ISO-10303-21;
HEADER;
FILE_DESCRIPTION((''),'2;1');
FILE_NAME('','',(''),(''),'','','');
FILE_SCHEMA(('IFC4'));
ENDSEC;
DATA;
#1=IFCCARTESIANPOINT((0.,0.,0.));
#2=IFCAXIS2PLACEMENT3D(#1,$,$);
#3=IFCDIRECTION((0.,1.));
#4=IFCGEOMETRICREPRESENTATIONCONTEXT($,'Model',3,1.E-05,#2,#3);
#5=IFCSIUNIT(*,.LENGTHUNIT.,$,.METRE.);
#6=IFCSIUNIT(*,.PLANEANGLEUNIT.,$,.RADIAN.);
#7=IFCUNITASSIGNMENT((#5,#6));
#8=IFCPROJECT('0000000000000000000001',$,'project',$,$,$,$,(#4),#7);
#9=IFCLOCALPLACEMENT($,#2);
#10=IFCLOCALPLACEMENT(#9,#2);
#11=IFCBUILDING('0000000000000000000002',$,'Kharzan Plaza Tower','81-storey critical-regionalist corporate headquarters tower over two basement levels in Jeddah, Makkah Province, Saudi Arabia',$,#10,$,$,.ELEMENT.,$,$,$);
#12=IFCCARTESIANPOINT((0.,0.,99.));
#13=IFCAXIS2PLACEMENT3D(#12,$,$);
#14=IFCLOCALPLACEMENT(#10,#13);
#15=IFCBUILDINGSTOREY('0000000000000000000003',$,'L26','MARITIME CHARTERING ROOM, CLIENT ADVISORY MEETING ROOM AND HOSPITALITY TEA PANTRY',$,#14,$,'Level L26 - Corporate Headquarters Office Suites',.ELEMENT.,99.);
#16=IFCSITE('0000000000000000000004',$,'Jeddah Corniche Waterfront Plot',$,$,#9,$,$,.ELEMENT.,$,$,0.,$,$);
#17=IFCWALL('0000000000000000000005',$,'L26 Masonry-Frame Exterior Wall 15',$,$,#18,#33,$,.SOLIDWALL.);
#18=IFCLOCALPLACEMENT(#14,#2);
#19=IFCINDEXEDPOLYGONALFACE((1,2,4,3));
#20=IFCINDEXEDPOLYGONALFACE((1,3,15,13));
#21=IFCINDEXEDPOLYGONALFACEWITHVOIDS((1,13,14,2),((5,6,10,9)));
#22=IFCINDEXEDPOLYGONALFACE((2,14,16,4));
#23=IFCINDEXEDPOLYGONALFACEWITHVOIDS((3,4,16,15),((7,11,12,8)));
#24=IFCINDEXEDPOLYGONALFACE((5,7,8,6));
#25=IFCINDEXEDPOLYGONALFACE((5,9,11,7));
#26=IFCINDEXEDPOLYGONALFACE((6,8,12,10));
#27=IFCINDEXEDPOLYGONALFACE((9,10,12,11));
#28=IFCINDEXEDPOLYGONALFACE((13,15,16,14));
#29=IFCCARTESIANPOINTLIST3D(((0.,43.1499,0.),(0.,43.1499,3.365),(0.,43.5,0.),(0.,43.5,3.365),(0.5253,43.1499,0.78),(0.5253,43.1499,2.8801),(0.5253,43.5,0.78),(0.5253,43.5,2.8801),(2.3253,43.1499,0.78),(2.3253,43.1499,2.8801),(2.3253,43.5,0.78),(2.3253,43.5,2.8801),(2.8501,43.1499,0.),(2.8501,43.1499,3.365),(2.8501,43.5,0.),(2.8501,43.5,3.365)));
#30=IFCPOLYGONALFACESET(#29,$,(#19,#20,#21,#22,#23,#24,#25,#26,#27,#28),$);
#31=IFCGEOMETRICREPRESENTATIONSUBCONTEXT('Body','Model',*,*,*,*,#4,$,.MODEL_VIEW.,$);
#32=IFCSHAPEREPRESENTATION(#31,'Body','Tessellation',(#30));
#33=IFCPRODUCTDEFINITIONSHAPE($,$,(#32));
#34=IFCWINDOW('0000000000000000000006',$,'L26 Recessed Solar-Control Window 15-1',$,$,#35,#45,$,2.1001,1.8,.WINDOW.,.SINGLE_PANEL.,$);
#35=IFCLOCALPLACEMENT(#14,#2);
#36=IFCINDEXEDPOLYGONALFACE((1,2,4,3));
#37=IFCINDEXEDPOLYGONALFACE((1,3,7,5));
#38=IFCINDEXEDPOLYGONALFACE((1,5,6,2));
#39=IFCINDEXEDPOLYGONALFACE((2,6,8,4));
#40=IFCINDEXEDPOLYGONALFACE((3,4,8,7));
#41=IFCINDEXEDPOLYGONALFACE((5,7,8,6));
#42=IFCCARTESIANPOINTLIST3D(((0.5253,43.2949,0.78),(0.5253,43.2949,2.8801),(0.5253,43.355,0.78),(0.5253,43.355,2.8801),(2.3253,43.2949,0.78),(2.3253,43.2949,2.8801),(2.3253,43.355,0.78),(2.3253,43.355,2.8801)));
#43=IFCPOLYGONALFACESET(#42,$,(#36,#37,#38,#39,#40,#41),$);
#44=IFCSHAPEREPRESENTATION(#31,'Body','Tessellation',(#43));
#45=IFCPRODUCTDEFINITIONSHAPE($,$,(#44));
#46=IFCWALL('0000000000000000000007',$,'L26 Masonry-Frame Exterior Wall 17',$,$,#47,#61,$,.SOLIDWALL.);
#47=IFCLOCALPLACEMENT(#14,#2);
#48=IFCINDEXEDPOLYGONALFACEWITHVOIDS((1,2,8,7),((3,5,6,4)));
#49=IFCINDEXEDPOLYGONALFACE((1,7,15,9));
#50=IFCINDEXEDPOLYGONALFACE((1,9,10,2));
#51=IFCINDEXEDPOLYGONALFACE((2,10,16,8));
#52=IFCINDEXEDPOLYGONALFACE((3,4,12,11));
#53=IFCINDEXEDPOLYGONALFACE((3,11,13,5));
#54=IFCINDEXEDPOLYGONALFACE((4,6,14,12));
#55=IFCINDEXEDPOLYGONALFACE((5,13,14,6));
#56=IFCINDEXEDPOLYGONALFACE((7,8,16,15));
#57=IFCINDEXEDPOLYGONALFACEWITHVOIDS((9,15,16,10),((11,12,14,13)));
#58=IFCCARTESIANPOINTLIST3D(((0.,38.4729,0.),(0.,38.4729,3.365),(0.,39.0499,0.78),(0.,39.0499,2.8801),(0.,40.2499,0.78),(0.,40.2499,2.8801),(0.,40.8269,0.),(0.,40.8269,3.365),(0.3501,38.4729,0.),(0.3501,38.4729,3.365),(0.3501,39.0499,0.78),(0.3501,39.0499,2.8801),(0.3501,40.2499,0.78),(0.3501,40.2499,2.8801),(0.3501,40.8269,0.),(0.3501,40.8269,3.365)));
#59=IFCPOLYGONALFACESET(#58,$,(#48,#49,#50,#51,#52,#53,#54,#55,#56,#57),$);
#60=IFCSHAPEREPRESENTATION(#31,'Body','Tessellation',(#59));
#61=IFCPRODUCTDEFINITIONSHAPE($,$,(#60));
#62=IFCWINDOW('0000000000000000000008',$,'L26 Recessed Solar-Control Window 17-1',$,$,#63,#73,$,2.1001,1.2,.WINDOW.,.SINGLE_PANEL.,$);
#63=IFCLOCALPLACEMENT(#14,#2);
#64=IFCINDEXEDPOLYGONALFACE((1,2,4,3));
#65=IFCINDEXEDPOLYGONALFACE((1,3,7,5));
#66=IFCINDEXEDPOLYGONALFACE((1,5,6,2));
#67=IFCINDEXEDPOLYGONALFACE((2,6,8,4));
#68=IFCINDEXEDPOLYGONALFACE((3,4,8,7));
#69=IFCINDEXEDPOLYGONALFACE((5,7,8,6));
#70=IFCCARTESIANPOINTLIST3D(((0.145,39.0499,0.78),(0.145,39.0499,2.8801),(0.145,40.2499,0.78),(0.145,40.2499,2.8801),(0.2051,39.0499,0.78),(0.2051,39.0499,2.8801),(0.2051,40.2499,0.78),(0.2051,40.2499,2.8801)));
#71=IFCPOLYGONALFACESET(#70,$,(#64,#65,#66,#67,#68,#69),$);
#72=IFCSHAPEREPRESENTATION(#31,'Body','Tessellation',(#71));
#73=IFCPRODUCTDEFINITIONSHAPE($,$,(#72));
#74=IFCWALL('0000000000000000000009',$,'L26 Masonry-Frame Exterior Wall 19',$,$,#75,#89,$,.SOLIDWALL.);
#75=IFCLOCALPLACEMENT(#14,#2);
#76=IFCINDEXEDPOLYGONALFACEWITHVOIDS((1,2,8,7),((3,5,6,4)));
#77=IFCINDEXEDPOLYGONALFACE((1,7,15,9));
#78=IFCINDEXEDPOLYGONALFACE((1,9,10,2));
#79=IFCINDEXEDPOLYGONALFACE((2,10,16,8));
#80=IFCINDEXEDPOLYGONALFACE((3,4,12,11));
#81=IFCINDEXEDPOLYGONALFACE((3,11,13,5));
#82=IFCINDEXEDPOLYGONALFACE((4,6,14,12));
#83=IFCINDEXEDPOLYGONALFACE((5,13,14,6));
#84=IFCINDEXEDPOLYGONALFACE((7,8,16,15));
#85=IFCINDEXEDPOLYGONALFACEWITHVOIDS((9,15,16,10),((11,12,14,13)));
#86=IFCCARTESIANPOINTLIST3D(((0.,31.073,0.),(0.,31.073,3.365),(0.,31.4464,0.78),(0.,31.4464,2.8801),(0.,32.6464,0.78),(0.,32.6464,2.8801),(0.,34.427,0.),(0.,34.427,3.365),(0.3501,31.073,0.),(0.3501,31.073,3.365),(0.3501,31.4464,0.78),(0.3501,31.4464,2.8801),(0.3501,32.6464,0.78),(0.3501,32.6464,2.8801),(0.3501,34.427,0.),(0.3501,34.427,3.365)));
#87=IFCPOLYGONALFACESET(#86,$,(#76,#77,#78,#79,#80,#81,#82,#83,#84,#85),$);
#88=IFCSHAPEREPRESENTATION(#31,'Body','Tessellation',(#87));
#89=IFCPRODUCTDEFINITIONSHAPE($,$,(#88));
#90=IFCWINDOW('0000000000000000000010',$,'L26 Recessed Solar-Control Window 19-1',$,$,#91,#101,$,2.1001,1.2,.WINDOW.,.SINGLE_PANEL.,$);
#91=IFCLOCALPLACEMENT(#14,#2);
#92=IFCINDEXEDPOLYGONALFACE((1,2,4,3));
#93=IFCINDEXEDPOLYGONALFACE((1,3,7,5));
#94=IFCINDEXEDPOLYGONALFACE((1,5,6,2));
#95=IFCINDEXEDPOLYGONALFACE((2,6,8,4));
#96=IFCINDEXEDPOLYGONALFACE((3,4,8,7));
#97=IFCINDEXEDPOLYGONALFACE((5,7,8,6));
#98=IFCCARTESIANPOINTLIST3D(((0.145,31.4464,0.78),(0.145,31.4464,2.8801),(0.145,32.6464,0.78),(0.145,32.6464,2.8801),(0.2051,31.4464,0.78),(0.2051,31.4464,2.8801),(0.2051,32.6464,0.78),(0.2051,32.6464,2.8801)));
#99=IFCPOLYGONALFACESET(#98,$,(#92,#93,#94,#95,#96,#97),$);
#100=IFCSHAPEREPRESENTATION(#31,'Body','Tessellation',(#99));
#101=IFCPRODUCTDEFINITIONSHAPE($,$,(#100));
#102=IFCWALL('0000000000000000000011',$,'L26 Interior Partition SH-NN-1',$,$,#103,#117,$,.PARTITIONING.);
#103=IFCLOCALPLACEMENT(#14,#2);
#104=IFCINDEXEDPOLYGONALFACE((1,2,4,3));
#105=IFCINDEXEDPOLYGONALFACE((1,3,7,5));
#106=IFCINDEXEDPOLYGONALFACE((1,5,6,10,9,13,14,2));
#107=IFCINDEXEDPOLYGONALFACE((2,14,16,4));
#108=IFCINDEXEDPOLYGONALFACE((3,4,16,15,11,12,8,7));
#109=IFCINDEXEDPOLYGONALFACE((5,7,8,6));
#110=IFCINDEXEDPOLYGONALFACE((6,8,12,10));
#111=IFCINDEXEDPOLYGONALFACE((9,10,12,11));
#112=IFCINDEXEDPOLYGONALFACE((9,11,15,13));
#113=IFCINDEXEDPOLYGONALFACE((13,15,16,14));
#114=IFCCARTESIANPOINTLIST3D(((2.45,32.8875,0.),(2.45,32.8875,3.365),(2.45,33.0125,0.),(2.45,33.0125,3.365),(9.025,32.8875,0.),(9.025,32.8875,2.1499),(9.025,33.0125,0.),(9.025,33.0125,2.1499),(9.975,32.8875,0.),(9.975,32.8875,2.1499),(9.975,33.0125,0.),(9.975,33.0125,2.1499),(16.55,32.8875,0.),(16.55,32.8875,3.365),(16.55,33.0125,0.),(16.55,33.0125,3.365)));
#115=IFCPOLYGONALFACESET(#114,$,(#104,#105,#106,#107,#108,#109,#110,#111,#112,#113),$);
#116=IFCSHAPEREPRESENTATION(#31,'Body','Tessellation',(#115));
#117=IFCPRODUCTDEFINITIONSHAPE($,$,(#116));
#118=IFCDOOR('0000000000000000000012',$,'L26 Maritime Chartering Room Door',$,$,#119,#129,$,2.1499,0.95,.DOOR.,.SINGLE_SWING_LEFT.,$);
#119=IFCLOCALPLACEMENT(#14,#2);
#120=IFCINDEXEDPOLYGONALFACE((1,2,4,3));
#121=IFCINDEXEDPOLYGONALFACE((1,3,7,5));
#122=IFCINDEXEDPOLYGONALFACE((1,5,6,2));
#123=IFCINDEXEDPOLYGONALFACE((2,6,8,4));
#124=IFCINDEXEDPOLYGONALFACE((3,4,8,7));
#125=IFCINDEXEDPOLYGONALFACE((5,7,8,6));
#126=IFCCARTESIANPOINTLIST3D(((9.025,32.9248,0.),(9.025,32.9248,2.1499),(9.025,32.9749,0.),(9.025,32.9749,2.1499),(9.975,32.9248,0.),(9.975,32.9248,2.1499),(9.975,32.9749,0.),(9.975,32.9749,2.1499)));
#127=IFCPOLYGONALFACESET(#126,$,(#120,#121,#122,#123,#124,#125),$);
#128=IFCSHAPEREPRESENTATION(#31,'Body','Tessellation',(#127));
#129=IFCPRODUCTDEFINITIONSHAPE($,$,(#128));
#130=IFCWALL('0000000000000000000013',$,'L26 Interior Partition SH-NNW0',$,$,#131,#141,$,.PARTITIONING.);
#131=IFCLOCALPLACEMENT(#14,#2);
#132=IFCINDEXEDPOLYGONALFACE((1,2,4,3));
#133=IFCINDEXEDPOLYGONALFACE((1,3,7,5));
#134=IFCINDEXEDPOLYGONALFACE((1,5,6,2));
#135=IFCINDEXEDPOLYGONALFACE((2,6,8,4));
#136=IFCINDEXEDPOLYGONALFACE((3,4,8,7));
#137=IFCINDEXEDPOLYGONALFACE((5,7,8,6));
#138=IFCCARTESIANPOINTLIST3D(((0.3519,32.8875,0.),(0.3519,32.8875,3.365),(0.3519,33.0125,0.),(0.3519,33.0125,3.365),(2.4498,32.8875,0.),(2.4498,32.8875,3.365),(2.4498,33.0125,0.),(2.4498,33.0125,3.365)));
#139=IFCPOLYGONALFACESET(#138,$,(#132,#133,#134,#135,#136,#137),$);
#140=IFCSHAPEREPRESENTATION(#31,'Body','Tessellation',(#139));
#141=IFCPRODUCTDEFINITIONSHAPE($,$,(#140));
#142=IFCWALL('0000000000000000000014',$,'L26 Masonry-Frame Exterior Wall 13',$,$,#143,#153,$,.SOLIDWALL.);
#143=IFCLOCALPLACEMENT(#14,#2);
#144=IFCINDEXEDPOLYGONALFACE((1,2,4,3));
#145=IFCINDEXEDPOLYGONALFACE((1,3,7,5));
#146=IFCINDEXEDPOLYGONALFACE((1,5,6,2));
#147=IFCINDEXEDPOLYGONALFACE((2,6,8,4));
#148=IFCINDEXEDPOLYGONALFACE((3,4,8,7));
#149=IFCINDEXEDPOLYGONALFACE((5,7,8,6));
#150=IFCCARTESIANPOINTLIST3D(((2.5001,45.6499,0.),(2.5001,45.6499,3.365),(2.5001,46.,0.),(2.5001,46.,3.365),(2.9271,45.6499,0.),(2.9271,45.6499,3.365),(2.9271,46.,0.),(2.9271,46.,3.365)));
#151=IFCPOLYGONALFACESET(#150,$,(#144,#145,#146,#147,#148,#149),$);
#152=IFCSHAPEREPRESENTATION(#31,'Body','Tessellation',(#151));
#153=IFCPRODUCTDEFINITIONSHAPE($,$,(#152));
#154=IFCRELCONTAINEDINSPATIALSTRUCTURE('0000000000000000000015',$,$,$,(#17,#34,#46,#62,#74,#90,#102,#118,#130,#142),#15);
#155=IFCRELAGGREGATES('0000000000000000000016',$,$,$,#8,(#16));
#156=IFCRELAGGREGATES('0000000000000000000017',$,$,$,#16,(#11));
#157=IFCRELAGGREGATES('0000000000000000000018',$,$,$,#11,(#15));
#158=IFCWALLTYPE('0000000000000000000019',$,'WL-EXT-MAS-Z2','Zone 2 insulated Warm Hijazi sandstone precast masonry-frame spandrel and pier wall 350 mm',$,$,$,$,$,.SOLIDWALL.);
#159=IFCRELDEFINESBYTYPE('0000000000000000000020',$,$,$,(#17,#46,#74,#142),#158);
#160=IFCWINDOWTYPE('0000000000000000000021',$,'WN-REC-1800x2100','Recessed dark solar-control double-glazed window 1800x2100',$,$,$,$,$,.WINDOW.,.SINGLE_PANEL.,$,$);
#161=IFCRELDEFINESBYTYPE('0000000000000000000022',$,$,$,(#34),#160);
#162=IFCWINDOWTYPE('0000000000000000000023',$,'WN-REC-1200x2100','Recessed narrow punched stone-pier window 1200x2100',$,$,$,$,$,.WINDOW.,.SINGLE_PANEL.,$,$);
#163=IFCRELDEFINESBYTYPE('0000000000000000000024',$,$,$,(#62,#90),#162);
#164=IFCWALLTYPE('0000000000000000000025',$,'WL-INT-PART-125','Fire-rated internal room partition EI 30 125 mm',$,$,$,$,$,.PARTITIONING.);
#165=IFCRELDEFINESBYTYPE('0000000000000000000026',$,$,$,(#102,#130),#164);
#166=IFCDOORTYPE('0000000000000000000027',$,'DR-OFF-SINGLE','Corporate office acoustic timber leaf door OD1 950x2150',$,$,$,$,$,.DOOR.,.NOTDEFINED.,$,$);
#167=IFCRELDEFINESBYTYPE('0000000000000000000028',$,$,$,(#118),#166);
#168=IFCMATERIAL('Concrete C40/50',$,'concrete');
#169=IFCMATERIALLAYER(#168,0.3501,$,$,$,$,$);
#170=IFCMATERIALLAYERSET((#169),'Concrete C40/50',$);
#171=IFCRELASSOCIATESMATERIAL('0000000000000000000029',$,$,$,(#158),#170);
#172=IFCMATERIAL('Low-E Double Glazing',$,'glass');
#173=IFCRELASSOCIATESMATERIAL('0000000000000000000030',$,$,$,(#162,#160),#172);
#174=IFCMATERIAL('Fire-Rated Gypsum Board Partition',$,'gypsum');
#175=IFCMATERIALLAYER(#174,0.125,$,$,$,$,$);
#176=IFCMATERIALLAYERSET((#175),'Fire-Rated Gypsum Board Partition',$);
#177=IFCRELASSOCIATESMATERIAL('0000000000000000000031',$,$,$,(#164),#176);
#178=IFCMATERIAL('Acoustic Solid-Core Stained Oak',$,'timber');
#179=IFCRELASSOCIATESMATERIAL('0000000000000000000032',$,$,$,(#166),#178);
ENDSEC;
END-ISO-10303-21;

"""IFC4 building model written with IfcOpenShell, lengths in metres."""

from ifc_helpers import new_model, si_unit, direction, frame, frame_2d, origin, place, context, subcontext, project, spatial, rectangle, extrude, source, transform, mapped, material, layer, layer_set, type_object, element, fill, save


model = new_model("IFC4")

# Units and contexts
model_context = context("Model", 3, precision=1e-05, world=origin(), true_north=direction((0.0, 1.0)))
body_context = subcontext(model_context, "Body", "Model", "MODEL_VIEW")
ifc_project = project(units=[si_unit("LENGTHUNIT", "METRE"), si_unit("PLANEANGLEUNIT", "RADIAN")], contexts=[model_context])

# Site, building, storey
site_placement = place(None, origin())
site = spatial("IfcSite", under=ifc_project, at=site_placement, Name="Jeddah Corniche Waterfront Plot", CompositionType="ELEMENT", RefElevation=0.0)
building_placement = place(site_placement, origin())
building = spatial("IfcBuilding", under=site, at=building_placement, Name="Kharzan Plaza Tower", Description="81-storey critical-regionalist corporate headquarters tower over two basement levels in Jeddah, Makkah Province, Saudi Arabia", CompositionType="ELEMENT")
storey_placement = place(building_placement, frame((0.0, 0.0, 99.0)))
storey = spatial("IfcBuildingStorey", under=building, at=storey_placement, Name="L26", Description="MARITIME CHARTERING ROOM, CLIENT ADVISORY MEETING ROOM AND HOSPITALITY TEA PANTRY", LongName="Level L26 - Corporate Headquarters Office Suites", CompositionType="ELEMENT", Elevation=99.0)

# Walls, openings, windows
ifc_material_1 = material(Name="Concrete C40/50", Category="concrete")
ifc_layer_1 = layer(ifc_material_1, 0.3501)
ifc_layer_set_1 = layer_set([ifc_layer_1], Name="Concrete C40/50")
wall_type_1 = type_object("IfcWallType", Name="WL-EXT-MAS-Z2", Description="Zone 2 insulated Warm Hijazi sandstone precast masonry-frame spandrel and pier wall 350 mm", PredefinedType="SOLIDWALL", material=ifc_layer_set_1)
ifc_material_2 = material(Name="Low-E Double Glazing", Category="glass")
window_type_1 = type_object("IfcWindowType", Name="WN-REC-1200x2100", Description="Recessed narrow punched stone-pier window 1200x2100", PartitioningType="SINGLE_PANEL", PredefinedType="WINDOW", material=ifc_material_2)
shared_shape_1 = source(origin(), body_context, "Body", "SweptSolid", [
    extrude(rectangle(XDim=1.2, YDim=2.1001, at=frame_2d((0.6001, 1.05))), frame((0.0, 0.03, 0.0), z_axis=(0.0, -1.0, 0.0), x_axis=(1.0, 0.0, 0.0)), (0.0, 0.0, 1.0), 0.0601),
])
wall_1_placement = place(storey_placement, frame((2.8501, 43.325, 0.0), z_axis=(0.0, 0.0, 1.0), x_axis=(-1.0, 0.0, 0.0)))
wall_1 = element("IfcWall", 1, at=wall_1_placement, inside=storey, type_object=wall_type_1, Name="L26 Masonry-Frame Exterior Wall 15", PredefinedType="SOLIDWALL", context=body_context, shape_type="SweptSolid", body=[
    extrude(rectangle(XDim=2.8501, YDim=0.3501, at=frame_2d((1.425, 0.0))), origin(), (0.0, 0.0, 1.0), 3.365),
])
opening_1_placement = place(wall_1_placement, frame((0.5249, 0.0, 0.78)))
opening_1 = element("IfcOpeningElement", 2, at=opening_1_placement, cuts=wall_1, PredefinedType="OPENING", context=body_context, shape_type="SweptSolid", body=[
    extrude(rectangle(XDim=1.8, YDim=2.1001, at=frame_2d((0.8999, 1.05))), frame((0.0, 0.1851, 0.0), z_axis=(0.0, -1.0, 0.0), x_axis=(1.0, 0.0, 0.0)), (0.0, 0.0, 1.0), 0.3701),
])
window_type_2 = type_object("IfcWindowType", Name="WN-REC-1800x2100", Description="Recessed dark solar-control double-glazed window 1800x2100", PartitioningType="SINGLE_PANEL", PredefinedType="WINDOW", material=ifc_material_2)
shared_shape_2 = source(origin(), body_context, "Body", "SweptSolid", [
    extrude(rectangle(XDim=1.8, YDim=2.1001, at=frame_2d((0.8999, 1.05))), frame((0.0, 0.03, 0.0), z_axis=(0.0, -1.0, 0.0), x_axis=(1.0, 0.0, 0.0)), (0.0, 0.0, 1.0), 0.0601),
])
window_1_placement = place(opening_1_placement, origin())
window_1 = element("IfcWindow", 3, at=window_1_placement, inside=storey, type_object=window_type_2, Name="L26 Recessed Solar-Control Window 15-1", OverallHeight=2.1001, OverallWidth=1.8, PartitioningType="SINGLE_PANEL", PredefinedType="WINDOW", context=body_context, shape_type="MappedRepresentation", body=[
    mapped(shared_shape_2, transform((0.0, 0.0, 0.0), x_axis=(1.0, 0.0, 0.0), y_axis=(0.0, 1.0, 0.0), z_axis=(0.0, 0.0, 1.0))),
])
fill(opening_1, window_1)
wall_2_placement = place(storey_placement, frame((0.175, 40.8269, 0.0), z_axis=(0.0, 0.0, 1.0), x_axis=(0.0, -1.0, 0.0)))
wall_2 = element("IfcWall", 4, at=wall_2_placement, inside=storey, type_object=wall_type_1, Name="L26 Masonry-Frame Exterior Wall 17", PredefinedType="SOLIDWALL", context=body_context, shape_type="SweptSolid", body=[
    extrude(rectangle(XDim=2.354, YDim=0.3501, at=frame_2d((1.177, 0.0))), origin(), (0.0, 0.0, 1.0), 3.365),
])
opening_2_placement = place(wall_2_placement, frame((0.5769, 0.0, 0.78)))
opening_2 = element("IfcOpeningElement", 5, at=opening_2_placement, cuts=wall_2, PredefinedType="OPENING", context=body_context, shape_type="SweptSolid", body=[
    extrude(rectangle(XDim=1.2, YDim=2.1001, at=frame_2d((0.6001, 1.05))), frame((0.0, 0.1851, 0.0), z_axis=(0.0, -1.0, 0.0), x_axis=(1.0, 0.0, 0.0)), (0.0, 0.0, 1.0), 0.3701),
])
window_2_placement = place(opening_2_placement, origin())
window_2 = element("IfcWindow", 6, at=window_2_placement, inside=storey, type_object=window_type_1, Name="L26 Recessed Solar-Control Window 17-1", OverallHeight=2.1001, OverallWidth=1.2, PartitioningType="SINGLE_PANEL", PredefinedType="WINDOW", context=body_context, shape_type="MappedRepresentation", body=[
    mapped(shared_shape_1, transform((0.0, 0.0, 0.0), x_axis=(1.0, 0.0, 0.0), y_axis=(0.0, 1.0, 0.0), z_axis=(0.0, 0.0, 1.0))),
])
fill(opening_2, window_2)
wall_3_placement = place(storey_placement, frame((0.175, 34.427, 0.0), z_axis=(0.0, 0.0, 1.0), x_axis=(0.0, -1.0, 0.0)))
wall_3 = element("IfcWall", 7, at=wall_3_placement, inside=storey, type_object=wall_type_1, Name="L26 Masonry-Frame Exterior Wall 19", PredefinedType="SOLIDWALL", context=body_context, shape_type="SweptSolid", body=[
    extrude(rectangle(XDim=3.354, YDim=0.3501, at=frame_2d((1.677, 0.0))), origin(), (0.0, 0.0, 1.0), 3.365),
])
opening_3_placement = place(wall_3_placement, frame((1.7805, 0.0, 0.78)))
opening_3 = element("IfcOpeningElement", 8, at=opening_3_placement, cuts=wall_3, PredefinedType="OPENING", context=body_context, shape_type="SweptSolid", body=[
    extrude(rectangle(XDim=1.2, YDim=2.1001, at=frame_2d((0.6001, 1.05))), frame((0.0, 0.1851, 0.0), z_axis=(0.0, -1.0, 0.0), x_axis=(1.0, 0.0, 0.0)), (0.0, 0.0, 1.0), 0.3701),
])
window_3_placement = place(opening_3_placement, origin())
window_3 = element("IfcWindow", 9, at=window_3_placement, inside=storey, type_object=window_type_1, Name="L26 Recessed Solar-Control Window 19-1", OverallHeight=2.1001, OverallWidth=1.2, PartitioningType="SINGLE_PANEL", PredefinedType="WINDOW", context=body_context, shape_type="MappedRepresentation", body=[
    mapped(shared_shape_1, transform((0.0, 0.0, 0.0), x_axis=(1.0, 0.0, 0.0), y_axis=(0.0, 1.0, 0.0), z_axis=(0.0, 0.0, 1.0))),
])
fill(opening_3, window_3)

# Wall, opening, door
ifc_material_3 = material(Name="Fire-Rated Gypsum Board Partition", Category="gypsum")
ifc_layer_2 = layer(ifc_material_3, 0.125)
ifc_layer_set_2 = layer_set([ifc_layer_2], Name="Fire-Rated Gypsum Board Partition")
wall_type_2 = type_object("IfcWallType", Name="WL-INT-PART-125", Description="Fire-rated internal room partition EI 30 125 mm", PredefinedType="PARTITIONING", material=ifc_layer_set_2)
wall_4_placement = place(storey_placement, frame((2.45, 32.95, 0.0), z_axis=(0.0, 0.0, 1.0), x_axis=(1.0, 0.0, 0.0)))
wall_4 = element("IfcWall", 10, at=wall_4_placement, inside=storey, type_object=wall_type_2, Name="L26 Interior Partition SH-NN-1", PredefinedType="PARTITIONING", context=body_context, shape_type="SweptSolid", body=[
    extrude(rectangle(XDim=14.1001, YDim=0.125, at=frame_2d((7.05, 0.0))), origin(), (0.0, 0.0, 1.0), 3.365),
])
opening_4_placement = place(wall_4_placement, frame((6.575, 0.0, 0.0)))
opening_4 = element("IfcOpeningElement", 11, at=opening_4_placement, cuts=wall_4, PredefinedType="OPENING", context=body_context, shape_type="SweptSolid", body=[
    extrude(rectangle(XDim=0.95, YDim=2.1499, at=frame_2d((0.4751, 1.075))), frame((0.0, 0.0725, 0.0), z_axis=(0.0, -1.0, 0.0), x_axis=(1.0, 0.0, 0.0)), (0.0, 0.0, 1.0), 0.145),
])
ifc_material_4 = material(Name="Acoustic Solid-Core Stained Oak", Category="timber")
door_type = type_object("IfcDoorType", Name="DR-OFF-SINGLE", Description="Corporate office acoustic timber leaf door OD1 950x2150", OperationType="NOTDEFINED", PredefinedType="DOOR", material=ifc_material_4)
shared_shape_3 = source(origin(), body_context, "Body", "SweptSolid", [
    extrude(rectangle(XDim=0.95, YDim=2.1499, at=frame_2d((0.4751, 1.075))), frame((0.0, 0.0249, 0.0), z_axis=(0.0, -1.0, 0.0), x_axis=(1.0, 0.0, 0.0)), (0.0, 0.0, 1.0), 0.05),
])
door_placement = place(opening_4_placement, origin())
door = element("IfcDoor", 12, at=door_placement, inside=storey, type_object=door_type, Name="L26 Maritime Chartering Room Door", OperationType="SINGLE_SWING_LEFT", OverallHeight=2.1499, OverallWidth=0.95, PredefinedType="DOOR", context=body_context, shape_type="MappedRepresentation", body=[
    mapped(shared_shape_3, transform((0.0, 0.0, 0.0), x_axis=(1.0, 0.0, 0.0), y_axis=(0.0, 1.0, 0.0), z_axis=(0.0, 0.0, 1.0))),
])
fill(opening_4, door)

# Walls
shared_shape_4 = source(origin(), body_context, "Body", "SweptSolid", [
    extrude(rectangle(XDim=2.0979, YDim=0.125, at=frame_2d((1.0488, 0.0))), origin(), (0.0, 0.0, 1.0), 3.365),
])
wall_5_placement = place(storey_placement, frame((0.3521, 32.95, 0.0), z_axis=(0.0, 0.0, 1.0), x_axis=(1.0, 0.0, 0.0)))
element("IfcWall", 13, at=wall_5_placement, inside=storey, type_object=wall_type_2, Name="L26 Interior Partition SH-NNW0", PredefinedType="PARTITIONING", context=body_context, shape_type="MappedRepresentation", body=[
    mapped(shared_shape_4, transform((0.0, 0.0, 0.0), x_axis=(1.0, 0.0, 0.0), y_axis=(0.0, 1.0, 0.0), z_axis=(0.0, 0.0, 1.0))),
])
shared_shape_5 = source(origin(), body_context, "Body", "SweptSolid", [
    extrude(rectangle(XDim=0.427, YDim=0.3501, at=frame_2d((0.2134, 0.0))), origin(), (0.0, 0.0, 1.0), 3.365),
])
wall_6_placement = place(storey_placement, frame((2.927, 45.825, 0.0), z_axis=(0.0, 0.0, 1.0), x_axis=(-1.0, 0.0, 0.0)))
element("IfcWall", 14, at=wall_6_placement, inside=storey, type_object=wall_type_1, Name="L26 Masonry-Frame Exterior Wall 13", PredefinedType="SOLIDWALL", context=body_context, shape_type="MappedRepresentation", body=[
    mapped(shared_shape_5, transform((0.0, 0.0, 0.0), x_axis=(1.0, 0.0, 0.0), y_axis=(0.0, 1.0, 0.0), z_axis=(0.0, 0.0, 1.0))),
])

save(model, "model.ifc")
